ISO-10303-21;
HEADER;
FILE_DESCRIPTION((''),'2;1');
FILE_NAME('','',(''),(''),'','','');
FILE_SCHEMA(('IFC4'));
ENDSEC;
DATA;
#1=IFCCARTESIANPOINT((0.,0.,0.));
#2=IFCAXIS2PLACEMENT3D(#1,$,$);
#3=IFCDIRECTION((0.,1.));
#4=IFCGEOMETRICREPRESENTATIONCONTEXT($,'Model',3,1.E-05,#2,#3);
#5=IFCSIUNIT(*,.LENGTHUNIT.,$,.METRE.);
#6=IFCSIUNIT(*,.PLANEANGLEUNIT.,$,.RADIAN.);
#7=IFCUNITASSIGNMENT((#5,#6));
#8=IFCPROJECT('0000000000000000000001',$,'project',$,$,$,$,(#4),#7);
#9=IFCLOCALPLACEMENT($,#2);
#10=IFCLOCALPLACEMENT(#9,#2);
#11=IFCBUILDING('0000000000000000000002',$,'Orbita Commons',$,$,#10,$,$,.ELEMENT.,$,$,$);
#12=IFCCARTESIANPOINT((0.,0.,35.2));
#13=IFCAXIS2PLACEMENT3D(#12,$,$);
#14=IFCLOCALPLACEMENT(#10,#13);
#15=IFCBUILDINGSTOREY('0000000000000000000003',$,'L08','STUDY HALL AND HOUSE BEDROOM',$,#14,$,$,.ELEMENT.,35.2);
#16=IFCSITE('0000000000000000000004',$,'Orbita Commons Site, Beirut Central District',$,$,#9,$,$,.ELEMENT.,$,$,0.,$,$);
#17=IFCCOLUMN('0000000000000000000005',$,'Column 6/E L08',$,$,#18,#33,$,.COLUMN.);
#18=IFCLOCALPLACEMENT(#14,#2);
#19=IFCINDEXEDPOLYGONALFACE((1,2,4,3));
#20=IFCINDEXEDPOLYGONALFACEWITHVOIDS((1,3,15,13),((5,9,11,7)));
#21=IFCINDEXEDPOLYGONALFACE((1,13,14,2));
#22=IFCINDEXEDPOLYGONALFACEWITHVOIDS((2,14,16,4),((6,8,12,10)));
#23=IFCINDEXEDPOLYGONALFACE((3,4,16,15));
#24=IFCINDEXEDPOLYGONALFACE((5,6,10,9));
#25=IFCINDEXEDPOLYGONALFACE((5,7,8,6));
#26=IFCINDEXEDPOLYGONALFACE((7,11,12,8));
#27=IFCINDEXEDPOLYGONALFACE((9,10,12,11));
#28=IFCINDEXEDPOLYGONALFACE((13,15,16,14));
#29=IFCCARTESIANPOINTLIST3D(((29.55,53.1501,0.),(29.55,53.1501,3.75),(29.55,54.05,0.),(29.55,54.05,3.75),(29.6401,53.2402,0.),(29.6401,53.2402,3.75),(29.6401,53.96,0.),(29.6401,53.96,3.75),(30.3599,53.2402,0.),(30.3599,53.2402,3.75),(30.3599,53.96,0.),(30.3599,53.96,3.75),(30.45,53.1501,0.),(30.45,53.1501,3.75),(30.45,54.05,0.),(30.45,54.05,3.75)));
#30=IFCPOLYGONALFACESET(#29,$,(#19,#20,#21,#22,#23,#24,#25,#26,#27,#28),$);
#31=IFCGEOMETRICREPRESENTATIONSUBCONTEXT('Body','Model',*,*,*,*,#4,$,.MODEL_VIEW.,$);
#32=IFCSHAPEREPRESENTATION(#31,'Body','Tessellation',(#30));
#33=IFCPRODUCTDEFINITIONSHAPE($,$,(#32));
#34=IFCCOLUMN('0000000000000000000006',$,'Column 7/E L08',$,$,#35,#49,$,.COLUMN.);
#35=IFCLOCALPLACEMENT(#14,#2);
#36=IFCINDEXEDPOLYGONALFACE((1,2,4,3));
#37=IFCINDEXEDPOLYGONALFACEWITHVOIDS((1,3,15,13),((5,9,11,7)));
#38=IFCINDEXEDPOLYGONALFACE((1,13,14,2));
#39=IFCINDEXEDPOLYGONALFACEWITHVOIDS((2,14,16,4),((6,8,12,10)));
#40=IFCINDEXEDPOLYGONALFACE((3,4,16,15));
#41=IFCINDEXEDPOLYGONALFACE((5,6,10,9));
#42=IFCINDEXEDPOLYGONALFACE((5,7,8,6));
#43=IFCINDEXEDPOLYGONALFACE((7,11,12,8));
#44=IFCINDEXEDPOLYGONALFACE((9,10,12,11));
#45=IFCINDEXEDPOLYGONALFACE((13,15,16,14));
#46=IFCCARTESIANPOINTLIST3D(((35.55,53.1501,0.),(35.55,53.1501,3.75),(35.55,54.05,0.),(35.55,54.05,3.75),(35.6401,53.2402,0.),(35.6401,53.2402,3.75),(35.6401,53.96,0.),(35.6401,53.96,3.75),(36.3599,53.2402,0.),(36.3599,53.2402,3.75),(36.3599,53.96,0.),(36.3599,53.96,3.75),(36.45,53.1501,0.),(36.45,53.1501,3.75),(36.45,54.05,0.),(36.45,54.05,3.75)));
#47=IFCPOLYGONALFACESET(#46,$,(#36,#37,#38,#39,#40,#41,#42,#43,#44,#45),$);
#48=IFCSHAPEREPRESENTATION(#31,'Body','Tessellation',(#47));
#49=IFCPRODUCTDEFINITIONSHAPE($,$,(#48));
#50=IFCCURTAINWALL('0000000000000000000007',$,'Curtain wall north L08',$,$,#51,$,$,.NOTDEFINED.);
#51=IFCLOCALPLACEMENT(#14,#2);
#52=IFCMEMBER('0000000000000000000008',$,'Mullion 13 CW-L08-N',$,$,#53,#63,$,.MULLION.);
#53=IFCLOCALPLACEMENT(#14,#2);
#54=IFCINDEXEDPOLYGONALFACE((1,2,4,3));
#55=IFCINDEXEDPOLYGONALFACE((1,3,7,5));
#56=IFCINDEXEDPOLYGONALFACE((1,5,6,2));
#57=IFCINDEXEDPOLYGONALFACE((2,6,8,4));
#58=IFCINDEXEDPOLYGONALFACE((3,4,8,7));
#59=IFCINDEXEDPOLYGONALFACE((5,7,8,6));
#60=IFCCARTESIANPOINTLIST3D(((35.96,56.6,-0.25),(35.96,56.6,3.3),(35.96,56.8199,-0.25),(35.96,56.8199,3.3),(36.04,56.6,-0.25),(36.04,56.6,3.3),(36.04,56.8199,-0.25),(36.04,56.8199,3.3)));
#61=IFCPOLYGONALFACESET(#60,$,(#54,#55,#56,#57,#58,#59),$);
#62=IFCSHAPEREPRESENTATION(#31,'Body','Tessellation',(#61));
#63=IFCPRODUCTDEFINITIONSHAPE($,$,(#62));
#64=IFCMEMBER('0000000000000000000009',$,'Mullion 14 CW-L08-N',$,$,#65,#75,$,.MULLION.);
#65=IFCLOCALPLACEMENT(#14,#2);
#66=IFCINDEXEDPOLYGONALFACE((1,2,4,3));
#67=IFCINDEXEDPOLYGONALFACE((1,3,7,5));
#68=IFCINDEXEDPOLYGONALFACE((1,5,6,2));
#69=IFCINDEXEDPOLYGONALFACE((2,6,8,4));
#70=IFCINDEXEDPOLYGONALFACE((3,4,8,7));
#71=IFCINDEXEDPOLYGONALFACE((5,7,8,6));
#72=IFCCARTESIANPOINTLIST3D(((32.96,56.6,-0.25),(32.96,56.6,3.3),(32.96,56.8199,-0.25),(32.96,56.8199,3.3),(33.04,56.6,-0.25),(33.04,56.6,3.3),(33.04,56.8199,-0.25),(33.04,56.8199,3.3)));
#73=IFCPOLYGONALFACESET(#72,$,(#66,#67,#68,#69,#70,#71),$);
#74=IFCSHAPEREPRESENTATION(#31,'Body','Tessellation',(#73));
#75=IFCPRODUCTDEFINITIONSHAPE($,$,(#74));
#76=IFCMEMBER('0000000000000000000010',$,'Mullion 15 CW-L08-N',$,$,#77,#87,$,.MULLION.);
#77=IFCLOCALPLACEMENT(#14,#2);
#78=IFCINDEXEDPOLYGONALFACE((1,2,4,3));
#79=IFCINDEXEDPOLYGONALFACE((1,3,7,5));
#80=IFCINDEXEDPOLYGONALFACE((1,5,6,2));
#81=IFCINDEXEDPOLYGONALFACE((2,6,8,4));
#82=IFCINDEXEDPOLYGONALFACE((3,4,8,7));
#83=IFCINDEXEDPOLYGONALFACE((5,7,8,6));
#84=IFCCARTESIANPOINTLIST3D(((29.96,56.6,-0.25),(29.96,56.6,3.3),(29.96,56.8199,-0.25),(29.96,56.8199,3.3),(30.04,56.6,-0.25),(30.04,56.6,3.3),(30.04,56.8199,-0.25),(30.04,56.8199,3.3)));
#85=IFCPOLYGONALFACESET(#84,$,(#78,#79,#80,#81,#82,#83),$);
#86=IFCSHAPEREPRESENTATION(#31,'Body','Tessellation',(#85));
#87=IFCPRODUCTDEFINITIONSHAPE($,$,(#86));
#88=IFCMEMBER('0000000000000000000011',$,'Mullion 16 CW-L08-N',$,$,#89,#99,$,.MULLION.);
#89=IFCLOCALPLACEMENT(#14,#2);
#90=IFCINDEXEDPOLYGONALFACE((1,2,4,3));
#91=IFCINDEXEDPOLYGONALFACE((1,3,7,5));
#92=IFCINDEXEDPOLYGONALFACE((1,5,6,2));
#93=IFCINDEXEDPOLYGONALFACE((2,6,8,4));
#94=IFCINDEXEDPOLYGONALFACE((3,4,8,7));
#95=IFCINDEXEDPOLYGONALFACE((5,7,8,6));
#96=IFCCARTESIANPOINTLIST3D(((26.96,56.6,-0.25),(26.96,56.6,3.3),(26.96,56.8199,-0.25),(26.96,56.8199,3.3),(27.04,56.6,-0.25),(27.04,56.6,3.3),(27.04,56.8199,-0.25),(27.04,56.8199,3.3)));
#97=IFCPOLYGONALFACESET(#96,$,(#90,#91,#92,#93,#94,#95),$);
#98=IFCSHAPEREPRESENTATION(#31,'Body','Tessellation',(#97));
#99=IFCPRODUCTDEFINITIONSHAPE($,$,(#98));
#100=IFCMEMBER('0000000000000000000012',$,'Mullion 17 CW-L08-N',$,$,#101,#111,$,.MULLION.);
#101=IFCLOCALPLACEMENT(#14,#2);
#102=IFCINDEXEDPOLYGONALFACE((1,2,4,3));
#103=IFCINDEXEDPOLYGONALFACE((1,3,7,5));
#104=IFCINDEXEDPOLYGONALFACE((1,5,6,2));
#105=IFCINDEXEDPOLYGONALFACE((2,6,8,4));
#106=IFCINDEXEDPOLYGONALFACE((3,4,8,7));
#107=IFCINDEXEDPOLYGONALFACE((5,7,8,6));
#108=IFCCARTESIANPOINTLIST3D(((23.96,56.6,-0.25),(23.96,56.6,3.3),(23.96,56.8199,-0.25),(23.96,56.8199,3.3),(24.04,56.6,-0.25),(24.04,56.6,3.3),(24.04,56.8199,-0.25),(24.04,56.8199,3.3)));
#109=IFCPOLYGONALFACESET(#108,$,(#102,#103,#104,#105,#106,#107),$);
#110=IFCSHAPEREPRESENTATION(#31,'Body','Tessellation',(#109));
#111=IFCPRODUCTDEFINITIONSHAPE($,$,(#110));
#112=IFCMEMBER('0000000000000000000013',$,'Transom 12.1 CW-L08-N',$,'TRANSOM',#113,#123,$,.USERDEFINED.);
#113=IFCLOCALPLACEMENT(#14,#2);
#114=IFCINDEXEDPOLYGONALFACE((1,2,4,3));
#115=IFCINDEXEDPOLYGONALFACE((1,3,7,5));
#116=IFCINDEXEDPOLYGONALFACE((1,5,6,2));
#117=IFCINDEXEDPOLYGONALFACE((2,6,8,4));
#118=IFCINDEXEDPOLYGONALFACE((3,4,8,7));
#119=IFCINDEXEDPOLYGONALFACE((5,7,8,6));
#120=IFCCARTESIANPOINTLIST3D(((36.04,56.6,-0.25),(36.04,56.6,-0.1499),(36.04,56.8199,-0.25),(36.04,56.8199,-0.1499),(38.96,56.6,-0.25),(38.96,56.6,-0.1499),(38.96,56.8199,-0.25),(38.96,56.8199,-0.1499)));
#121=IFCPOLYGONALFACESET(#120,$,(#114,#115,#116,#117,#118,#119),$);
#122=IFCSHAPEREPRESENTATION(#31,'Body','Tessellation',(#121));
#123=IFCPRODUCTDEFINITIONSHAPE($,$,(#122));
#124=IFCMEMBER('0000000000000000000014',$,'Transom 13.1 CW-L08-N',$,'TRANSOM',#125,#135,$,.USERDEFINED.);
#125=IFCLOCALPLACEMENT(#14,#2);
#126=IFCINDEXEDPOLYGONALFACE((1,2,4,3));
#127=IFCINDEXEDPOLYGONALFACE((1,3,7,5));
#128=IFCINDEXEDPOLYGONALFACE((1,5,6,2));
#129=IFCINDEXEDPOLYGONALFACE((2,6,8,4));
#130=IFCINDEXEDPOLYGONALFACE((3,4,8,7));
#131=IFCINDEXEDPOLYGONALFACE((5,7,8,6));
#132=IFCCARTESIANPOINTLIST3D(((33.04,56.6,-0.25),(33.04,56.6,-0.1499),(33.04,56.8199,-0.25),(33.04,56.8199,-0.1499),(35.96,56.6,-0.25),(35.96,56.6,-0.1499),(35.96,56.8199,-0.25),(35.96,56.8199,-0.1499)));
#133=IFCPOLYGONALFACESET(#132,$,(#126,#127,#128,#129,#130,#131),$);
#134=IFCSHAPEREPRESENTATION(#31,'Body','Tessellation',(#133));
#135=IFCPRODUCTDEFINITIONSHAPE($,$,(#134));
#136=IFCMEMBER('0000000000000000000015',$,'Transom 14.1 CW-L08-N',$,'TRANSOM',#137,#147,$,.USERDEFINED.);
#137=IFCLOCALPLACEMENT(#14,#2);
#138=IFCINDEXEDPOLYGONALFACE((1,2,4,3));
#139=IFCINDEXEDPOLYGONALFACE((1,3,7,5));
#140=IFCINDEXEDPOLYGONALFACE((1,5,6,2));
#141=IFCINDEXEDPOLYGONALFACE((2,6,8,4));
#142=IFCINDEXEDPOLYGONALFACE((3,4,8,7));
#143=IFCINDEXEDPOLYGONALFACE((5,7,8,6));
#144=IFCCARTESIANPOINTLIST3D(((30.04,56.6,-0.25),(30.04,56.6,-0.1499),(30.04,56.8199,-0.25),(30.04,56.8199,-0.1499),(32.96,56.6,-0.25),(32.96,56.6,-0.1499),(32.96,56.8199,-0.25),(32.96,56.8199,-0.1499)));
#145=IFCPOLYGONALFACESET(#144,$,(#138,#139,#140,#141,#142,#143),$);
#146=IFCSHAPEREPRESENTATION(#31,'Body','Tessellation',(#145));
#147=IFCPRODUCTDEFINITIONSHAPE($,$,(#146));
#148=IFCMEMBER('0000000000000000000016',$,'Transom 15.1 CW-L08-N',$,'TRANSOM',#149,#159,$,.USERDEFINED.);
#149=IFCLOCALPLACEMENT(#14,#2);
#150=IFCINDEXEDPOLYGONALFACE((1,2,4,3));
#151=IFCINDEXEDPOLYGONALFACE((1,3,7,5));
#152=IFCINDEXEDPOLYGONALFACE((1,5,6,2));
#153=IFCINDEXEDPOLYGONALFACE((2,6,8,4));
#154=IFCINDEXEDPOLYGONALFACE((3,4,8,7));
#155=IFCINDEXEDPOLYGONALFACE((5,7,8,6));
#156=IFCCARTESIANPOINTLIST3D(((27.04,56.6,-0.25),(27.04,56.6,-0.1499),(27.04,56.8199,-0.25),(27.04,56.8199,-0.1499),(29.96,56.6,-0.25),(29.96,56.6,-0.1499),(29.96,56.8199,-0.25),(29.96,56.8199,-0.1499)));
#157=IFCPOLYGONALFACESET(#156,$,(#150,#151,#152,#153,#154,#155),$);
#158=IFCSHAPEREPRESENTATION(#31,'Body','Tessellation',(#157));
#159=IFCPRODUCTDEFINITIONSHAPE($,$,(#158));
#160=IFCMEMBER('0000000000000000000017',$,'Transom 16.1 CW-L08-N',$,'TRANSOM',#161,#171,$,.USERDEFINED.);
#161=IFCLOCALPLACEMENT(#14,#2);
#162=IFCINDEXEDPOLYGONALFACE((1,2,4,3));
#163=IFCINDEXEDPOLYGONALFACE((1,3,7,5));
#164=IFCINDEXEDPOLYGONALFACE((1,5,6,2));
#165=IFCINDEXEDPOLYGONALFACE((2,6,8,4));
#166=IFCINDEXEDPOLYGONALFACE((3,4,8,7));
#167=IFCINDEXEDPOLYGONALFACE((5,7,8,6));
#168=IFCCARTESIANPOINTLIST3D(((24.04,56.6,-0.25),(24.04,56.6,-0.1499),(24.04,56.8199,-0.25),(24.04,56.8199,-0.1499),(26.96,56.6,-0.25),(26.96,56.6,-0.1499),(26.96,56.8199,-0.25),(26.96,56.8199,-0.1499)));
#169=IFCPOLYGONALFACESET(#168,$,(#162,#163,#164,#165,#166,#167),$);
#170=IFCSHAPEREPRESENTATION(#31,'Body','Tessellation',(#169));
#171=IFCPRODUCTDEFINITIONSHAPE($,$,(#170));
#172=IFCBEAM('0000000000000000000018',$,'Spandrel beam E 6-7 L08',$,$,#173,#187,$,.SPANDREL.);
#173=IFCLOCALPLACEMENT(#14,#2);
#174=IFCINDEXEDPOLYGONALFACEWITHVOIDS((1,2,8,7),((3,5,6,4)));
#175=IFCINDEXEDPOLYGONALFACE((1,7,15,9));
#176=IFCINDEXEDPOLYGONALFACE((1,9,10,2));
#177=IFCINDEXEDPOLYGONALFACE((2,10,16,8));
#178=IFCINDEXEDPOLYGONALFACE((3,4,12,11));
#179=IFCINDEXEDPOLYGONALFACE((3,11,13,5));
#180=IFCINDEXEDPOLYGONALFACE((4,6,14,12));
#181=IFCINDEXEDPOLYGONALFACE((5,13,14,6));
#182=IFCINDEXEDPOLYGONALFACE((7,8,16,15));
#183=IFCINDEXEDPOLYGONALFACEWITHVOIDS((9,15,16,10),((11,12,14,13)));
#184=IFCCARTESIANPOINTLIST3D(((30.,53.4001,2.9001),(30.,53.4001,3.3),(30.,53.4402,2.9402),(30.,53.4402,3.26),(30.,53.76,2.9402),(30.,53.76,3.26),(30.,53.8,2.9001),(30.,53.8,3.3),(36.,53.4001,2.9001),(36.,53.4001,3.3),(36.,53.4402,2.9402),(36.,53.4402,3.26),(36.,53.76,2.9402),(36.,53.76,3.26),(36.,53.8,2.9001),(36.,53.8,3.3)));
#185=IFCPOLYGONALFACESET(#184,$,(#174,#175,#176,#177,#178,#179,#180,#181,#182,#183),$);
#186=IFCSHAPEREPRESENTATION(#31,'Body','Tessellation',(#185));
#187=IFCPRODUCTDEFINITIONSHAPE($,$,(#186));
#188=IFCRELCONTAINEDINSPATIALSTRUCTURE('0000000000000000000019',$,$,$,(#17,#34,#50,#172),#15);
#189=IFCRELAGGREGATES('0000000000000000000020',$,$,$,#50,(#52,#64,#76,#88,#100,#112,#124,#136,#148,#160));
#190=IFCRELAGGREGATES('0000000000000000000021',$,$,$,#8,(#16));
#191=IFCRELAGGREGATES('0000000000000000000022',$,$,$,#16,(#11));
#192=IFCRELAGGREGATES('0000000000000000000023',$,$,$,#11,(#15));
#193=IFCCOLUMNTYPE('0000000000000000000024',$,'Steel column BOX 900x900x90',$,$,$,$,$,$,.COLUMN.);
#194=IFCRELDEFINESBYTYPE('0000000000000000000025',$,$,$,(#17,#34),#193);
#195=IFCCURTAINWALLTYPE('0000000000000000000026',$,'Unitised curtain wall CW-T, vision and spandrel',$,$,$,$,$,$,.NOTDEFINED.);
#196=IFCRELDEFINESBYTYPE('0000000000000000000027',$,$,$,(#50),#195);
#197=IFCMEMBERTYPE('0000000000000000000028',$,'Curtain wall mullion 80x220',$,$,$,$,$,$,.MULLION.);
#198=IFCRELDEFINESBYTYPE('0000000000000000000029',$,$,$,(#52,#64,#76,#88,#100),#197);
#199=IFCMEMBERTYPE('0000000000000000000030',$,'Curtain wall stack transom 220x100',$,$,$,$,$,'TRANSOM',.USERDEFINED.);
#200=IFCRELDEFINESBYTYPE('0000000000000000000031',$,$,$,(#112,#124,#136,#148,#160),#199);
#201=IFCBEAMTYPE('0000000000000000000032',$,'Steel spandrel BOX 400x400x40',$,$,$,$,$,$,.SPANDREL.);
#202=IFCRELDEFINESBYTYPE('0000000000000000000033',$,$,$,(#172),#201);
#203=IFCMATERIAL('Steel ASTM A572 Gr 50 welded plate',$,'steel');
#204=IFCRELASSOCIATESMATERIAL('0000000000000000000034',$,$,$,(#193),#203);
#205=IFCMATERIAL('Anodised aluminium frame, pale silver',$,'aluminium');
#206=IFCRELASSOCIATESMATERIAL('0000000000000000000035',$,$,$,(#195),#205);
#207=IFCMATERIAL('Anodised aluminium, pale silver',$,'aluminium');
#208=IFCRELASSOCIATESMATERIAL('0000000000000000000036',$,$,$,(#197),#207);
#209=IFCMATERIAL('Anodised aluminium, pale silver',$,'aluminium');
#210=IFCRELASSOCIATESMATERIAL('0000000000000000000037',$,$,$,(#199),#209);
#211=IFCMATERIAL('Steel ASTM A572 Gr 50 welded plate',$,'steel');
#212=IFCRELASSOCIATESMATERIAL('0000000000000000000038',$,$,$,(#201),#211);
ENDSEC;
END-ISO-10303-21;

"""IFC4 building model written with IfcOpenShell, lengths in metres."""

from ifc_helpers import new_model, si_unit, direction, frame, origin, origin_2d, place, context, subcontext, project, spatial, rectangle, hollow_rectangle, extrude, material, material_profile, profile_set, type_object, element, aggregate, save


model = new_model("IFC4")

# Units and contexts
model_context = context("Model", 3, precision=1e-05, world=origin(), true_north=direction((0.0, 1.0)))
body_context = subcontext(model_context, "Body", "Model", "MODEL_VIEW")
ifc_project = project(units=[si_unit("LENGTHUNIT", "METRE"), si_unit("PLANEANGLEUNIT", "RADIAN")], contexts=[model_context])

# Site, building, storey
site_placement = place(None, origin())
site = spatial("IfcSite", under=ifc_project, at=site_placement, Name="Orbita Commons Site, Beirut Central District", CompositionType="ELEMENT", RefElevation=0.0)
building_placement = place(site_placement, origin())
building = spatial("IfcBuilding", under=site, at=building_placement, Name="Orbita Commons", CompositionType="ELEMENT")
storey_placement = place(building_placement, frame((0.0, 0.0, 35.2)))
storey = spatial("IfcBuildingStorey", under=building, at=storey_placement, Name="L08", Description="STUDY HALL AND HOUSE BEDROOM", CompositionType="ELEMENT", Elevation=35.2)

# Columns
ifc_material_1 = material(Name="Steel ASTM A572 Gr 50 welded plate", Category="steel")
ifc_material_profile_1 = material_profile(ifc_material_1, hollow_rectangle(XDim=0.8999, YDim=0.8999, WallThickness=0.0901, at=origin_2d()), Name="BOX 900x900x90")
ifc_profile_set_1 = profile_set([ifc_material_profile_1], Name="Steel ASTM A572 Gr 50 welded plate")
column_type = type_object("IfcColumnType", Name="Steel column BOX 900x900x90", PredefinedType="COLUMN", material=ifc_profile_set_1)
for number, where, z_axis, x_axis, name in (
    (1, (30.0, 53.6001, 0.0), (0.0, 0.0, 1.0), (1.0, 0.0, 0.0), "Column 6/E L08"),
    (2, (36.0, 53.6001, 0.0), (0.0, 0.0, 1.0), (1.0, 0.0, 0.0), "Column 7/E L08"),
):
    element("IfcColumn", number, at=place(storey_placement, frame(where, z_axis=z_axis, x_axis=x_axis)), inside=storey, type_object=column_type, Name=name, PredefinedType="COLUMN", context=body_context, shape_type="SweptSolid", body=[
        extrude(hollow_rectangle(XDim=0.8999, YDim=0.8999, WallThickness=0.0901, at=origin_2d()), origin(), (0.0, 0.0, 1.0), 3.75),
    ])

# Curtain wall, members
ifc_material_2 = material(Name="Anodised aluminium frame, pale silver", Category="aluminium")
curtain_wall_type = type_object("IfcCurtainWallType", Name="Unitised curtain wall CW-T, vision and spandrel", PredefinedType="NOTDEFINED", material=ifc_material_2)
curtain_wall_placement = place(storey_placement, origin())
curtain_wall = element("IfcCurtainWall", 3, at=curtain_wall_placement, inside=storey, type_object=curtain_wall_type, Name="Curtain wall north L08", PredefinedType="NOTDEFINED")
ifc_material_3 = material(Name="Anodised aluminium, pale silver", Category="aluminium")
ifc_material_profile_2 = material_profile(ifc_material_3, rectangle(XDim=0.0801, YDim=0.22, at=origin_2d()), Name="AL 80x220")
ifc_profile_set_2 = profile_set([ifc_material_profile_2], Name="Anodised aluminium, pale silver")
member_type_1 = type_object("IfcMemberType", Name="Curtain wall mullion 80x220", PredefinedType="MULLION", material=ifc_profile_set_2)
member_1_placement = place(storey_placement, frame((36.0, 56.71, -0.25), z_axis=(0.0, 0.0, 1.0), x_axis=(-1.0, 0.0, 0.0)))
member_1 = element("IfcMember", 4, at=member_1_placement, type_object=member_type_1, Name="Mullion 13 CW-L08-N", PredefinedType="MULLION", context=body_context, shape_type="SweptSolid", body=[
    extrude(rectangle(XDim=0.0801, YDim=0.22, at=origin_2d()), origin(), (0.0, 0.0, 1.0), 3.55),
])
member_2_placement = place(storey_placement, frame((33.0, 56.71, -0.25), z_axis=(0.0, 0.0, 1.0), x_axis=(-1.0, 0.0, 0.0)))
member_2 = element("IfcMember", 5, at=member_2_placement, type_object=member_type_1, Name="Mullion 14 CW-L08-N", PredefinedType="MULLION", context=body_context, shape_type="SweptSolid", body=[
    extrude(rectangle(XDim=0.0801, YDim=0.22, at=origin_2d()), origin(), (0.0, 0.0, 1.0), 3.55),
])
member_3_placement = place(storey_placement, frame((30.0, 56.71, -0.25), z_axis=(0.0, 0.0, 1.0), x_axis=(-1.0, 0.0, 0.0)))
member_3 = element("IfcMember", 6, at=member_3_placement, type_object=member_type_1, Name="Mullion 15 CW-L08-N", PredefinedType="MULLION", context=body_context, shape_type="SweptSolid", body=[
    extrude(rectangle(XDim=0.0801, YDim=0.22, at=origin_2d()), origin(), (0.0, 0.0, 1.0), 3.55),
])
member_4_placement = place(storey_placement, frame((27.0, 56.71, -0.25), z_axis=(0.0, 0.0, 1.0), x_axis=(-1.0, 0.0, 0.0)))
member_4 = element("IfcMember", 7, at=member_4_placement, type_object=member_type_1, Name="Mullion 16 CW-L08-N", PredefinedType="MULLION", context=body_context, shape_type="SweptSolid", body=[
    extrude(rectangle(XDim=0.0801, YDim=0.22, at=origin_2d()), origin(), (0.0, 0.0, 1.0), 3.55),
])
member_5_placement = place(storey_placement, frame((24.0, 56.71, -0.25), z_axis=(0.0, 0.0, 1.0), x_axis=(-1.0, 0.0, 0.0)))
member_5 = element("IfcMember", 8, at=member_5_placement, type_object=member_type_1, Name="Mullion 17 CW-L08-N", PredefinedType="MULLION", context=body_context, shape_type="SweptSolid", body=[
    extrude(rectangle(XDim=0.0801, YDim=0.22, at=origin_2d()), origin(), (0.0, 0.0, 1.0), 3.55),
])
ifc_material_4 = material(Name="Anodised aluminium, pale silver", Category="aluminium")
ifc_material_profile_3 = material_profile(ifc_material_4, rectangle(XDim=0.22, YDim=0.1001, at=origin_2d()), Name="AL 220x100")
ifc_profile_set_3 = profile_set([ifc_material_profile_3], Name="Anodised aluminium, pale silver")
member_type_2 = type_object("IfcMemberType", Name="Curtain wall stack transom 220x100", ElementType="TRANSOM", PredefinedType="USERDEFINED", material=ifc_profile_set_3)
member_6_placement = place(storey_placement, frame((38.96, 56.71, -0.2), z_axis=(-1.0, 0.0, 0.0), x_axis=(0.0, -1.0, 0.0)))
member_6 = element("IfcMember", 9, at=member_6_placement, type_object=member_type_2, Name="Transom 12.1 CW-L08-N", ObjectType="TRANSOM", PredefinedType="USERDEFINED", context=body_context, shape_type="SweptSolid", body=[
    extrude(rectangle(XDim=0.22, YDim=0.1001, at=origin_2d()), origin(), (0.0, 0.0, 1.0), 2.9199),
])
member_7_placement = place(storey_placement, frame((35.96, 56.71, -0.2), z_axis=(-1.0, 0.0, 0.0), x_axis=(0.0, -1.0, 0.0)))
member_7 = element("IfcMember", 10, at=member_7_placement, type_object=member_type_2, Name="Transom 13.1 CW-L08-N", ObjectType="TRANSOM", PredefinedType="USERDEFINED", context=body_context, shape_type="SweptSolid", body=[
    extrude(rectangle(XDim=0.22, YDim=0.1001, at=origin_2d()), origin(), (0.0, 0.0, 1.0), 2.9199),
])
member_8_placement = place(storey_placement, frame((32.96, 56.71, -0.2), z_axis=(-1.0, 0.0, 0.0), x_axis=(0.0, -1.0, 0.0)))
member_8 = element("IfcMember", 11, at=member_8_placement, type_object=member_type_2, Name="Transom 14.1 CW-L08-N", ObjectType="TRANSOM", PredefinedType="USERDEFINED", context=body_context, shape_type="SweptSolid", body=[
    extrude(rectangle(XDim=0.22, YDim=0.1001, at=origin_2d()), origin(), (0.0, 0.0, 1.0), 2.9199),
])
member_9_placement = place(storey_placement, frame((29.96, 56.71, -0.2), z_axis=(-1.0, 0.0, 0.0), x_axis=(0.0, -1.0, 0.0)))
member_9 = element("IfcMember", 12, at=member_9_placement, type_object=member_type_2, Name="Transom 15.1 CW-L08-N", ObjectType="TRANSOM", PredefinedType="USERDEFINED", context=body_context, shape_type="SweptSolid", body=[
    extrude(rectangle(XDim=0.22, YDim=0.1001, at=origin_2d()), origin(), (0.0, 0.0, 1.0), 2.9199),
])
member_10_placement = place(storey_placement, frame((26.96, 56.71, -0.2), z_axis=(-1.0, 0.0, 0.0), x_axis=(0.0, -1.0, 0.0)))
member_10 = element("IfcMember", 13, at=member_10_placement, type_object=member_type_2, Name="Transom 16.1 CW-L08-N", ObjectType="TRANSOM", PredefinedType="USERDEFINED", context=body_context, shape_type="SweptSolid", body=[
    extrude(rectangle(XDim=0.22, YDim=0.1001, at=origin_2d()), origin(), (0.0, 0.0, 1.0), 2.9199),
])

# Beam
ifc_material_5 = material(Name="Steel ASTM A572 Gr 50 welded plate", Category="steel")
ifc_material_profile_4 = material_profile(ifc_material_5, hollow_rectangle(XDim=0.3999, YDim=0.3999, WallThickness=0.04, at=origin_2d()), Name="BOX 400x400x40")
ifc_profile_set_4 = profile_set([ifc_material_profile_4], Name="Steel ASTM A572 Gr 50 welded plate")
beam_type = type_object("IfcBeamType", Name="Steel spandrel BOX 400x400x40", PredefinedType="SPANDREL", material=ifc_profile_set_4)
for number, where, z_axis, x_axis, name in (
    (14, (30.0, 53.6001, 3.1001), (1.0, 0.0, 0.0), (0.0, 1.0, 0.0), "Spandrel beam E 6-7 L08"),
):
    element("IfcBeam", number, at=place(storey_placement, frame(where, z_axis=z_axis, x_axis=x_axis)), inside=storey, type_object=beam_type, Name=name, PredefinedType="SPANDREL", context=body_context, shape_type="SweptSolid", body=[
        extrude(hollow_rectangle(XDim=0.3999, YDim=0.3999, WallThickness=0.04, at=origin_2d()), origin(), (0.0, 0.0, 1.0), 6.0),
    ])

aggregate(curtain_wall, [member_1, member_2, member_3, member_4, member_5, member_6, member_7, member_8, member_9, member_10])

save(model, "model.ifc")
